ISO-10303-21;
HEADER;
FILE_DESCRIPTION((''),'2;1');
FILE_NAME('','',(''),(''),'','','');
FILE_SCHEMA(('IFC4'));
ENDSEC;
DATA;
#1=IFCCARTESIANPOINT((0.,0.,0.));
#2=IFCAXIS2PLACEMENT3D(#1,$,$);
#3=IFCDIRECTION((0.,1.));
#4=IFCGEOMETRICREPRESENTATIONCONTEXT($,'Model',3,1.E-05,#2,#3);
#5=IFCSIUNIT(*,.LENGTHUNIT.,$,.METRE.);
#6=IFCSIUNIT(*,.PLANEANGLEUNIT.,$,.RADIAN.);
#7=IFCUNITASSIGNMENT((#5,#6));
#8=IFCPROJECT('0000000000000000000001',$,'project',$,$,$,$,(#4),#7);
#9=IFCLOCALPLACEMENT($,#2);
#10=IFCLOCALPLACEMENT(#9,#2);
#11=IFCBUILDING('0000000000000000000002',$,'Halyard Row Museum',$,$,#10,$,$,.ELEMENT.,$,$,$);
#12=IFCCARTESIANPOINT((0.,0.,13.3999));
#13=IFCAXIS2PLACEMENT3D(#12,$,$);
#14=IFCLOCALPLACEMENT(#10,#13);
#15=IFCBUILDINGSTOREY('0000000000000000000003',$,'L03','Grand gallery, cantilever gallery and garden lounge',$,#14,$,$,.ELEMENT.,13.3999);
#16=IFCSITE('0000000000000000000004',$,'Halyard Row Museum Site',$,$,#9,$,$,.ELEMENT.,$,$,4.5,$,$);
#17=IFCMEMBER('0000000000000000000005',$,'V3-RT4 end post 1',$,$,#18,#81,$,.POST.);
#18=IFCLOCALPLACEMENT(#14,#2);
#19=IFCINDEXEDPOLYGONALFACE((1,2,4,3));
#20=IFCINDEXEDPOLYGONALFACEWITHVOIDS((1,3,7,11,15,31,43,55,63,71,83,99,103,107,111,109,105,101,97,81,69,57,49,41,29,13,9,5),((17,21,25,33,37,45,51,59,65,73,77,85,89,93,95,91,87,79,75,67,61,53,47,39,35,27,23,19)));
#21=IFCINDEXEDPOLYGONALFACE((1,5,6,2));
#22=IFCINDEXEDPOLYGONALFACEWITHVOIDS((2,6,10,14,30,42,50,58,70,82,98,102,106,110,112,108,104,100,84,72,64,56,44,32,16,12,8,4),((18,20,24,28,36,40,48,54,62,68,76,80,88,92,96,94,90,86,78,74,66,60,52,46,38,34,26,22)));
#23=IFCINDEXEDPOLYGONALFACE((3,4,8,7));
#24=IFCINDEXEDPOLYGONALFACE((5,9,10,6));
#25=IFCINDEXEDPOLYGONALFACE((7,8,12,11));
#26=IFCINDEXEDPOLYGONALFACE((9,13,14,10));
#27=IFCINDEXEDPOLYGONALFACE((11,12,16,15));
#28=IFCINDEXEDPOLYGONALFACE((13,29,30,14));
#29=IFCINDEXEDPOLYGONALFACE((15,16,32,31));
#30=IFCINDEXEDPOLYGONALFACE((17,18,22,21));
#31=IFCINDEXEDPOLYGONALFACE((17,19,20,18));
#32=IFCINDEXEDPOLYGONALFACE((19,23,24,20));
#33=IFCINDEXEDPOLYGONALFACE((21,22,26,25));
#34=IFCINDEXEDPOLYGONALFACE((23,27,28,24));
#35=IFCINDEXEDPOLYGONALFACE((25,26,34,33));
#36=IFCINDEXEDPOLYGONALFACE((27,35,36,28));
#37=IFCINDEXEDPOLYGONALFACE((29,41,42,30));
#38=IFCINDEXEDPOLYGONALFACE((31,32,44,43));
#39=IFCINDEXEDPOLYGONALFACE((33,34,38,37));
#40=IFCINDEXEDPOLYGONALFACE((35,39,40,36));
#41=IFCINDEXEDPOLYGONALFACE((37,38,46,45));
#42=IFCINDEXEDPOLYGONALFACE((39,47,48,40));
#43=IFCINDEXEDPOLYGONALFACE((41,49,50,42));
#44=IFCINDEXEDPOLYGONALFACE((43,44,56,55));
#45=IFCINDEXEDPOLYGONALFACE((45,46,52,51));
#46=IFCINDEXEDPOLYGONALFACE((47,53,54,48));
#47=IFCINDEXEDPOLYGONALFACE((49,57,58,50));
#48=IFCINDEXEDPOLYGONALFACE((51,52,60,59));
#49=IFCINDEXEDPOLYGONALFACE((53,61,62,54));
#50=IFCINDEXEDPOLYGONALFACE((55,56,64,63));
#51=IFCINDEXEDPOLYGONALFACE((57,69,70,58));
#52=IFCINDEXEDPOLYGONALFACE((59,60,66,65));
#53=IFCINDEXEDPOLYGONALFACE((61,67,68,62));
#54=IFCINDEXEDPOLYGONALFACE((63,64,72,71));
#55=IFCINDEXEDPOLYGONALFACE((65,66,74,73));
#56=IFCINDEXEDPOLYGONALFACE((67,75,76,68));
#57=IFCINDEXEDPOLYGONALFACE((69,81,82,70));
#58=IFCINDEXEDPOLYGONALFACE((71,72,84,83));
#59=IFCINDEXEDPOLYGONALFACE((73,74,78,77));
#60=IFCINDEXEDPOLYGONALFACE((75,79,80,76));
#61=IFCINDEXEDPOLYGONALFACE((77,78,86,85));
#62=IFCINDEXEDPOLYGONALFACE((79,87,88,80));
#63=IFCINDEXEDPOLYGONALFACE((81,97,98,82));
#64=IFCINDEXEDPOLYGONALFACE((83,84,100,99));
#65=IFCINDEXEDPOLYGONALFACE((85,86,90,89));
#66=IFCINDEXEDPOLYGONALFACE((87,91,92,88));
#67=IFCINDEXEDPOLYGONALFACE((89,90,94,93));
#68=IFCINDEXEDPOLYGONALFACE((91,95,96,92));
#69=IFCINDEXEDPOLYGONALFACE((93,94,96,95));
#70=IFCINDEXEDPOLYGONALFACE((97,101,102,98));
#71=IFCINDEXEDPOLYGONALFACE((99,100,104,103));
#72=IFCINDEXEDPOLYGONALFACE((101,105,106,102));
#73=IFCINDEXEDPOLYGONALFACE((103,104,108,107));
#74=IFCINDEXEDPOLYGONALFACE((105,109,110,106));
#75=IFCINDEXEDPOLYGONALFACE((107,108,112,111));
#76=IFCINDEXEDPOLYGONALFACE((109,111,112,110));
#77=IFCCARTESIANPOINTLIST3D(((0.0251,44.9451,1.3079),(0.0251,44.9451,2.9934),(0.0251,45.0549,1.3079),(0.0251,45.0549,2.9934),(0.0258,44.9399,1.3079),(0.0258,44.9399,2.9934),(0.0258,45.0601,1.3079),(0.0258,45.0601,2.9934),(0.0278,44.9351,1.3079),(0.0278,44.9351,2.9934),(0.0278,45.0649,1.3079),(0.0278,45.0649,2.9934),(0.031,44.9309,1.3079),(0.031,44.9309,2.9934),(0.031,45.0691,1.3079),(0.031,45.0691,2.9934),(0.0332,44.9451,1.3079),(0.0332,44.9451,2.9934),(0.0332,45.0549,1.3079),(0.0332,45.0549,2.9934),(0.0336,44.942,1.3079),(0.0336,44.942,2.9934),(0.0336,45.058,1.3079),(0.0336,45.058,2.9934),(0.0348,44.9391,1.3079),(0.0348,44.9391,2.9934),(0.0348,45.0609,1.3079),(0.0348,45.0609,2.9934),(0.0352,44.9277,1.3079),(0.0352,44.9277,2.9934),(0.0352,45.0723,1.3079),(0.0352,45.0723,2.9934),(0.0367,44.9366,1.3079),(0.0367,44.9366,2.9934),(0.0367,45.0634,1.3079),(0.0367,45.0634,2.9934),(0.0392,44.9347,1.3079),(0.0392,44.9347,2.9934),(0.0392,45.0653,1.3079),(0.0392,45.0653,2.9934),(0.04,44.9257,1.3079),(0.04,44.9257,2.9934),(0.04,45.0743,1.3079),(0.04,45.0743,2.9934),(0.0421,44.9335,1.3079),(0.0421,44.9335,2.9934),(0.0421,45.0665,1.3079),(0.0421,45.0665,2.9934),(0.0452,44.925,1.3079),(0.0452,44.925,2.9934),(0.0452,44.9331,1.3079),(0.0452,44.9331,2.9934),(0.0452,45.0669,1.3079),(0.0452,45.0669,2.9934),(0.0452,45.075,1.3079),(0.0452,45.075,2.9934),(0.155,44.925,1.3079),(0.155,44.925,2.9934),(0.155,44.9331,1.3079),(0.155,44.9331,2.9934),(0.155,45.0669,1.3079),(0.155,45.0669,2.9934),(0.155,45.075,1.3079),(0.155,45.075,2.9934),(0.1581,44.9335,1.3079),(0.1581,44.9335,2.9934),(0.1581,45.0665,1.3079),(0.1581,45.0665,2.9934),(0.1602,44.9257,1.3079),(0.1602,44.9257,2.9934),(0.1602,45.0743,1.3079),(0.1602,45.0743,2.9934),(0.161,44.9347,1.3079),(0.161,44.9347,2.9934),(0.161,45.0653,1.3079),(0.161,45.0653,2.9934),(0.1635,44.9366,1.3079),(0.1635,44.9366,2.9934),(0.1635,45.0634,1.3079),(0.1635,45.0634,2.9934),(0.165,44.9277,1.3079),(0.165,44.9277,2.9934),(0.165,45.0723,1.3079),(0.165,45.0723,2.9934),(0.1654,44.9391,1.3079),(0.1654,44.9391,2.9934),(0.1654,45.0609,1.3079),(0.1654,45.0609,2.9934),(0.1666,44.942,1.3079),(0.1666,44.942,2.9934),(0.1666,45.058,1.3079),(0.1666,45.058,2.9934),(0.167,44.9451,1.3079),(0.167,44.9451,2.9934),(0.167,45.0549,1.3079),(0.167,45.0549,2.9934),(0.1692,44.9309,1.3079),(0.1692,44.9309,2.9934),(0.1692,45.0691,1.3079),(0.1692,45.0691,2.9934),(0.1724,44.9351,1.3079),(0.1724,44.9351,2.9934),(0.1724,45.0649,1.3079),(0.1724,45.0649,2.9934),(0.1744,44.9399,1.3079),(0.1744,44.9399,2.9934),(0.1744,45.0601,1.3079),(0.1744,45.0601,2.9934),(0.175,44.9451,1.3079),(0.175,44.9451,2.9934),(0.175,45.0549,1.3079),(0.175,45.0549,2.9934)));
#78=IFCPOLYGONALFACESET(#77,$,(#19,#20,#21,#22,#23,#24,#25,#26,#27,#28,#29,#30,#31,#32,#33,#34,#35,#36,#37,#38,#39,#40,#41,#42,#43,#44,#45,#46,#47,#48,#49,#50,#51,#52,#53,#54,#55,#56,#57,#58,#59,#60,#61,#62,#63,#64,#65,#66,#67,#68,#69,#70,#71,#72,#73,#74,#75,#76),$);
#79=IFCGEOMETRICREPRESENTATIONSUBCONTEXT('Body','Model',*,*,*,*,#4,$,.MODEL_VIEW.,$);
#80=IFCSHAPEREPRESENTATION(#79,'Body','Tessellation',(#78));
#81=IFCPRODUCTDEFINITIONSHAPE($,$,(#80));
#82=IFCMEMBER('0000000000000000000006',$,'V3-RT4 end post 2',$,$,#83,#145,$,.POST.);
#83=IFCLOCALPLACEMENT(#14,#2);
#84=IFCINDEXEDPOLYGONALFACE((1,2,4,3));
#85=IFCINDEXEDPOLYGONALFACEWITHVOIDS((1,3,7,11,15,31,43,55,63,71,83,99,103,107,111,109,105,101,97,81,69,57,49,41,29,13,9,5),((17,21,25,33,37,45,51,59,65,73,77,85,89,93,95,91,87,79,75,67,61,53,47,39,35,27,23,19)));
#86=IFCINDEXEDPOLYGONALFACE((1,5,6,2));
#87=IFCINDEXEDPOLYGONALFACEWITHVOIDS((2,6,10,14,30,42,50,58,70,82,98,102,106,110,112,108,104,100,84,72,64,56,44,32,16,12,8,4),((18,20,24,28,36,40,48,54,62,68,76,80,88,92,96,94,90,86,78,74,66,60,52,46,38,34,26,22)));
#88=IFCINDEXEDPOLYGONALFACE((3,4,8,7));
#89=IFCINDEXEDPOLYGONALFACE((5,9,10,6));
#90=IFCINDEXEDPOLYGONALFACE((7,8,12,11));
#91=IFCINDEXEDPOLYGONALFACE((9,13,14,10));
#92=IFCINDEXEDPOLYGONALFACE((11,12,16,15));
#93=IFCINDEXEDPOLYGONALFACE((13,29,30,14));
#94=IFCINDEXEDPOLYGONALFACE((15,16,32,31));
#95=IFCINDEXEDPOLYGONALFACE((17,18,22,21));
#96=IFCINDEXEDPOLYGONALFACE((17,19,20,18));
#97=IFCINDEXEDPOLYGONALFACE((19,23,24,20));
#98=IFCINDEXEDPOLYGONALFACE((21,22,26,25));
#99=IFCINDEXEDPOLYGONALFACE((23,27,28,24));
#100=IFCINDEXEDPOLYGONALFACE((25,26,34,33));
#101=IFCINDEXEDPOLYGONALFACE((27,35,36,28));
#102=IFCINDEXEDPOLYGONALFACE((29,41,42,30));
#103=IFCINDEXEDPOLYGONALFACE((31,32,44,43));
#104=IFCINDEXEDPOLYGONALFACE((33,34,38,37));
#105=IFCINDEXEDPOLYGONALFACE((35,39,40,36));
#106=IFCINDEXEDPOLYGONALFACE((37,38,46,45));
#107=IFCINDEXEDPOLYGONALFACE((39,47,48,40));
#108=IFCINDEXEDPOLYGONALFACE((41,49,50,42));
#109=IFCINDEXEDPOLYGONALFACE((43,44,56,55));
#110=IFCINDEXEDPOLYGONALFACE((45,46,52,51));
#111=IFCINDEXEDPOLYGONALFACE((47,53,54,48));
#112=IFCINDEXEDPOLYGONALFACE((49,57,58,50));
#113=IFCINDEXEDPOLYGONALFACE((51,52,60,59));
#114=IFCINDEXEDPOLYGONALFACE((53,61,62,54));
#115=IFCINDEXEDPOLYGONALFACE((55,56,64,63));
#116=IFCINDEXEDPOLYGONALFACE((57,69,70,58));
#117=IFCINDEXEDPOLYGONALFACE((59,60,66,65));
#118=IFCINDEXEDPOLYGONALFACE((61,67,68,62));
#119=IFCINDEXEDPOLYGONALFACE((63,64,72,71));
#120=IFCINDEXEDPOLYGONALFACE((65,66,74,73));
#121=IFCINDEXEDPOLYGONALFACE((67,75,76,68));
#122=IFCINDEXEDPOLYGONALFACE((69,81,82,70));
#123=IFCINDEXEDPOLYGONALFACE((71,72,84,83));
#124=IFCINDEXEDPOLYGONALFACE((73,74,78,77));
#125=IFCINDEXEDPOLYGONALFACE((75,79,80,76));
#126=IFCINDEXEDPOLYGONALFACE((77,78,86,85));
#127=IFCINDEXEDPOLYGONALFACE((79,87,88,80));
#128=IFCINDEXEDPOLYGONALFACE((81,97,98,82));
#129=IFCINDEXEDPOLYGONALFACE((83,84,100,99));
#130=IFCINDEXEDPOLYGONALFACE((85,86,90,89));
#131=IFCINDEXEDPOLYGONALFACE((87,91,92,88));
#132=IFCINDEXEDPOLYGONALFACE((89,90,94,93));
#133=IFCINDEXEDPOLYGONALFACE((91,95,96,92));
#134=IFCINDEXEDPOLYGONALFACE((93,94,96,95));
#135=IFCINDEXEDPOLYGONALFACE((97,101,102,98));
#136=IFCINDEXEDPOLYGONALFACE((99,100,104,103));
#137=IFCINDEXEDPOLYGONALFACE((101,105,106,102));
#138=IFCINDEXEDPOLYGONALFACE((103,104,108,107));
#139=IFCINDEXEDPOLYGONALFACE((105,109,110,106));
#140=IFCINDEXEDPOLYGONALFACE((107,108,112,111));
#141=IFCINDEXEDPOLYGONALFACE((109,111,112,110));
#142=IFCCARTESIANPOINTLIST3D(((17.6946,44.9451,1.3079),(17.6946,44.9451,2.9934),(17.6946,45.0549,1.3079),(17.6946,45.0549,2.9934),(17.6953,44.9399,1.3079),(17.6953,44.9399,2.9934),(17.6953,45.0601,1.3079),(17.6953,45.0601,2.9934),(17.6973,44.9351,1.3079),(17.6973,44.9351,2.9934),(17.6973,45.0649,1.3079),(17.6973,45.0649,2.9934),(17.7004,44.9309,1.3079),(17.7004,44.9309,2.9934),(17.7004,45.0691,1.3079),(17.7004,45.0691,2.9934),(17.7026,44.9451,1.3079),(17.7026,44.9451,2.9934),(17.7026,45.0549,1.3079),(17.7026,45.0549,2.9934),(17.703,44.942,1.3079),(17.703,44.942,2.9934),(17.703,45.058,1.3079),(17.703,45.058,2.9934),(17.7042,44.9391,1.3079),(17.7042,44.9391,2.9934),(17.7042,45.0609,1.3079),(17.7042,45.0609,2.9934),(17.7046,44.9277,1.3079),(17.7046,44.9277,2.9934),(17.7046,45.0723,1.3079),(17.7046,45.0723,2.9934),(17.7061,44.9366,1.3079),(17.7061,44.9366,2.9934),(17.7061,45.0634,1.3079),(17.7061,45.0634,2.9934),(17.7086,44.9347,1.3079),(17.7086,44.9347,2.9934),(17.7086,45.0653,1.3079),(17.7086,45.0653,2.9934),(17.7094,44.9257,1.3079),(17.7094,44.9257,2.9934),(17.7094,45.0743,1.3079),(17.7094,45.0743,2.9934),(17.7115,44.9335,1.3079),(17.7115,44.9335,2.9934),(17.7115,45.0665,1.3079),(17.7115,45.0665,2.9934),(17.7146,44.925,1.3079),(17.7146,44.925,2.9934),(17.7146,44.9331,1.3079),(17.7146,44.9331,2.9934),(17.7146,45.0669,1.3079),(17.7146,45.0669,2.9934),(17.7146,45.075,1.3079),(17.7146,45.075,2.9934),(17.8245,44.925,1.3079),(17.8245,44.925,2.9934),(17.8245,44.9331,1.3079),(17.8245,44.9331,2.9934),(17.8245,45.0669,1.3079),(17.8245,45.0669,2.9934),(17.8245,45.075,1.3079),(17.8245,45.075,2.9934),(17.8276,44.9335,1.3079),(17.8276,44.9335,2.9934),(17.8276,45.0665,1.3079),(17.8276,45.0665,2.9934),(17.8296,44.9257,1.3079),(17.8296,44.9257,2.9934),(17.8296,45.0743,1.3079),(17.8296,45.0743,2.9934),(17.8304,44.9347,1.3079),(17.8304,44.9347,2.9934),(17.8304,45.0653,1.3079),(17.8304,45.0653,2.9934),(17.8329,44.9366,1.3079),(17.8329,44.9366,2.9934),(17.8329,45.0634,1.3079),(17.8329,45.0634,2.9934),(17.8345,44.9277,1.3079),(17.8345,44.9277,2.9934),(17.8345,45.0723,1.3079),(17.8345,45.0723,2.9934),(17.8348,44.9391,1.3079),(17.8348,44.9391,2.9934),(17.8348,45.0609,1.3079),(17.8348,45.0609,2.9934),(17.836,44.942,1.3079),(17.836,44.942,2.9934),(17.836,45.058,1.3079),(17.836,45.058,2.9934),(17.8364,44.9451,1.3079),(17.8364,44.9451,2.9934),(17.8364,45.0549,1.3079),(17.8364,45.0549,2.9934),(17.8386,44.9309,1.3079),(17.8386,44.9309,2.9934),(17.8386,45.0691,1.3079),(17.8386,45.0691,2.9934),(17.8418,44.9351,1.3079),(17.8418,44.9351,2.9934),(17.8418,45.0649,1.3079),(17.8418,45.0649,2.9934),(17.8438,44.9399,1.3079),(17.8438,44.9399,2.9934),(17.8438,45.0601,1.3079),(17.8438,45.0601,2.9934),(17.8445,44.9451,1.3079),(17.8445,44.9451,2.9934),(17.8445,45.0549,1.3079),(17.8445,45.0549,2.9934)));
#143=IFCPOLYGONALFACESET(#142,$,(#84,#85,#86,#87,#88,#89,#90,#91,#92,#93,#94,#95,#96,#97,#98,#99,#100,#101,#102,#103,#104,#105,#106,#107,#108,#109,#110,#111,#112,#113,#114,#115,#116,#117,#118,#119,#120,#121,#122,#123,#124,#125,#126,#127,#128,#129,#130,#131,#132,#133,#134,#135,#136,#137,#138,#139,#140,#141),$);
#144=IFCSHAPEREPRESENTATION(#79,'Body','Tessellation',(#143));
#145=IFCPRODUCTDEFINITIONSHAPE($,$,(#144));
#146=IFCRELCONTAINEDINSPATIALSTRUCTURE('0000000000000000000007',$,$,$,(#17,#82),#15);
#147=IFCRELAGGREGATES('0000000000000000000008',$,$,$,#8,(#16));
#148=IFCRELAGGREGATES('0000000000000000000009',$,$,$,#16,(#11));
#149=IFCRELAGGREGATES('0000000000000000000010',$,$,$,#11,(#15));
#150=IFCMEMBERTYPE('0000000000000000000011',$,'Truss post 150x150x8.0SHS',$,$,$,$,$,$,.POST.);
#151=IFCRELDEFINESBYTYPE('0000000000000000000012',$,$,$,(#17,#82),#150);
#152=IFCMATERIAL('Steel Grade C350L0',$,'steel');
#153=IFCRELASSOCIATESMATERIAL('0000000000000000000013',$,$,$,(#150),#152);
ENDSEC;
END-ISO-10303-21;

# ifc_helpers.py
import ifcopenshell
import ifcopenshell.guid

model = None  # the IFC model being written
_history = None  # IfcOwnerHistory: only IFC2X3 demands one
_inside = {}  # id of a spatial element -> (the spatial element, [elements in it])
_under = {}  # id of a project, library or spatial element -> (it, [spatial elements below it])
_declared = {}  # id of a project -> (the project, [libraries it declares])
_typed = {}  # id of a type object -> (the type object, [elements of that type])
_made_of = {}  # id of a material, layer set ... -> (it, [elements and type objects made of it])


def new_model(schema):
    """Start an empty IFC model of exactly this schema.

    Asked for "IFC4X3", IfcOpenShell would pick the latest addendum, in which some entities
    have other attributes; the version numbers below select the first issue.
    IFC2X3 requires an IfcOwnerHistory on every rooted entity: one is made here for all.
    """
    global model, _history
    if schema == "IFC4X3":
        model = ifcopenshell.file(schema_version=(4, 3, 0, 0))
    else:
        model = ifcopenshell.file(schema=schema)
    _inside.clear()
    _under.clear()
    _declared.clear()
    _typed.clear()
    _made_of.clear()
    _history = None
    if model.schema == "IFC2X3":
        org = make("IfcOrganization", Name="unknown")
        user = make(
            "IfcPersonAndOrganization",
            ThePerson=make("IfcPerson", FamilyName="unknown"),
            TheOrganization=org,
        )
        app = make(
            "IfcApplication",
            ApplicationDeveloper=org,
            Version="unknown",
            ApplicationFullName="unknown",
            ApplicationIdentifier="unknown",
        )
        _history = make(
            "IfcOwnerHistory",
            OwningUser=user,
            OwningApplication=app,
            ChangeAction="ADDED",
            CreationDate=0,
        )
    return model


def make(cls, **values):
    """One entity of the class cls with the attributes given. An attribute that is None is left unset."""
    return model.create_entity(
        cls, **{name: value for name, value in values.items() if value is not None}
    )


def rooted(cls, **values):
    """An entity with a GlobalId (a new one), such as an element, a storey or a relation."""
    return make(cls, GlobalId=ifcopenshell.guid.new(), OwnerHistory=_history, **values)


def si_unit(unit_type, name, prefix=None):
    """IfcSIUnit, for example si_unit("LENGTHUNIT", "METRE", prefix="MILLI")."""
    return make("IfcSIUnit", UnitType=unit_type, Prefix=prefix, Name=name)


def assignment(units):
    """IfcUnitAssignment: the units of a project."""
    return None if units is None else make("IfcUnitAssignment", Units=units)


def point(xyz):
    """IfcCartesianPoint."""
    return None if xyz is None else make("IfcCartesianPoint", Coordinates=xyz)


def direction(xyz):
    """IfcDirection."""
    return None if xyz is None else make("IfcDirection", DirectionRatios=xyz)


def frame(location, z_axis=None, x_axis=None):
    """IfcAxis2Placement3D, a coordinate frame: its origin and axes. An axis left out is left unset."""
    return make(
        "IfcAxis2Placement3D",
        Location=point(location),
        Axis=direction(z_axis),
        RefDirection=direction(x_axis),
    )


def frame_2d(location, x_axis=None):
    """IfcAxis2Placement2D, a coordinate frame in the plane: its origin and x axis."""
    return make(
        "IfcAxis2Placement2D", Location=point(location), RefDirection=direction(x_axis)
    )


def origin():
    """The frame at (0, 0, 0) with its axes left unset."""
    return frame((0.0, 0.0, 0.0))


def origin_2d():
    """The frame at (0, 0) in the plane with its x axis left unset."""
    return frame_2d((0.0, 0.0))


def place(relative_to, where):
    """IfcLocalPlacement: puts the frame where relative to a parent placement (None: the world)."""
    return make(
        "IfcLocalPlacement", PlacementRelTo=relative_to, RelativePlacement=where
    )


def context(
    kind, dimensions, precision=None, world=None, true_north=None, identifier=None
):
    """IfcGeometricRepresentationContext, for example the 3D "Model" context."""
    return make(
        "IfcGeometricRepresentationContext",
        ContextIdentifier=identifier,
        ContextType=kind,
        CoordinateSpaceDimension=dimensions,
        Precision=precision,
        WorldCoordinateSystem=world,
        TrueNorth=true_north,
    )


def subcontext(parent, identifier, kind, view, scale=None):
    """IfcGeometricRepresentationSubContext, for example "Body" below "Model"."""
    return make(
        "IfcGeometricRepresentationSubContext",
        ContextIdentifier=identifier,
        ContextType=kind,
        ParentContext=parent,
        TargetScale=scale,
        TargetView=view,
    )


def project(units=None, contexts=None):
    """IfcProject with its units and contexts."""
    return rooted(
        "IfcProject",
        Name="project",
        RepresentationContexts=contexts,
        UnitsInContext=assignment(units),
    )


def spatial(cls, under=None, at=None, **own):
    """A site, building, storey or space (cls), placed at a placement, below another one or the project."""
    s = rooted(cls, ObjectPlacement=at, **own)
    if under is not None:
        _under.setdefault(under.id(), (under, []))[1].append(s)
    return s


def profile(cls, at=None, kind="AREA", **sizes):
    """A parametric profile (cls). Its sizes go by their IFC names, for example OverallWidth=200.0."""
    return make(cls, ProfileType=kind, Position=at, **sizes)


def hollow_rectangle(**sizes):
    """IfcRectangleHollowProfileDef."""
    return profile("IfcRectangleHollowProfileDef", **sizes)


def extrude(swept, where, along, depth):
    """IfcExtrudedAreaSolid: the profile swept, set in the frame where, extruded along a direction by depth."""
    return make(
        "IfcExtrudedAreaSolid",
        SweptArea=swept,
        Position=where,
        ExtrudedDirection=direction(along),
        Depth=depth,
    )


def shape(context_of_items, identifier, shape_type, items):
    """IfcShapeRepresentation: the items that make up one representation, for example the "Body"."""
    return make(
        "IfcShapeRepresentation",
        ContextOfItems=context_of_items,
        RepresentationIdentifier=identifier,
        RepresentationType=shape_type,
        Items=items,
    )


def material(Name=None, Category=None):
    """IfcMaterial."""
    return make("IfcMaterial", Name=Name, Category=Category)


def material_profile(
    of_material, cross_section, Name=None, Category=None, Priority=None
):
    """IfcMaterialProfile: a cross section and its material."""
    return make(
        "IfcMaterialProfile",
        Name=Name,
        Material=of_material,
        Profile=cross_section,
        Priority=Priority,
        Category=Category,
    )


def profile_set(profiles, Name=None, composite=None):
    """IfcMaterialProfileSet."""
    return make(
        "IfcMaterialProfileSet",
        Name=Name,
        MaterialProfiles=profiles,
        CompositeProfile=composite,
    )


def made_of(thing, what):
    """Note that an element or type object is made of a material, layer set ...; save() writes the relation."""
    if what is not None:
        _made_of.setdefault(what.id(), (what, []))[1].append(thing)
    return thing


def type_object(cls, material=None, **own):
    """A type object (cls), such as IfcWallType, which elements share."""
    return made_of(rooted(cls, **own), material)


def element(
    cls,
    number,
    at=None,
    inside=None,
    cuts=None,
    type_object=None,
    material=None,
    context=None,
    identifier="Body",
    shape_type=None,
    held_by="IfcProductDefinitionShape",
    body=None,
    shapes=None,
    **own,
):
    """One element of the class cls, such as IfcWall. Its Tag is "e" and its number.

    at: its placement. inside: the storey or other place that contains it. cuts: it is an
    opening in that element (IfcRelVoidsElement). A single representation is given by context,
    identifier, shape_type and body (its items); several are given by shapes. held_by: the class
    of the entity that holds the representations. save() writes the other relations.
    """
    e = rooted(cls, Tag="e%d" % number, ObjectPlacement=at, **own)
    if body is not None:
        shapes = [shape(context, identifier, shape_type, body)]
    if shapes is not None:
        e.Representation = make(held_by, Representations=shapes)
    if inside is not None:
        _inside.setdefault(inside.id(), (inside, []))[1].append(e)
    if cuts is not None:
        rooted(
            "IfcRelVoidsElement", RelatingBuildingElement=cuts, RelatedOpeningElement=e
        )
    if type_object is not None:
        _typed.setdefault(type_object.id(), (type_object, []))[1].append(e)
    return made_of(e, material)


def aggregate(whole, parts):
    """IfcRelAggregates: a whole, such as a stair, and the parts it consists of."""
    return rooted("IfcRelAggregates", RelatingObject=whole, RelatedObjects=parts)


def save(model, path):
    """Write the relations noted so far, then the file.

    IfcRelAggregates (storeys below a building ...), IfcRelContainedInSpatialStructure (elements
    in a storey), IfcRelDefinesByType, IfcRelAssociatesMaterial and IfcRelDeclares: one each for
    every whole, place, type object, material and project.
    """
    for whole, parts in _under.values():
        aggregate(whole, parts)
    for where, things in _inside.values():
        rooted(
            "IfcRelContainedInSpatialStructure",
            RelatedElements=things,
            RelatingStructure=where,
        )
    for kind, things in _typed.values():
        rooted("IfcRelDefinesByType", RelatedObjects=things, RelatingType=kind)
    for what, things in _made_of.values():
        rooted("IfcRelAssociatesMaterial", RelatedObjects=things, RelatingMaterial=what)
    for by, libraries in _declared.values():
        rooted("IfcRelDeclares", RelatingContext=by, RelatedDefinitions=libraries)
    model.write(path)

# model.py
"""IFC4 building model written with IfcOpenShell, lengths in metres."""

from ifc_helpers import new_model, si_unit, direction, frame, origin, origin_2d, place, context, subcontext, project, spatial, hollow_rectangle, extrude, material, material_profile, profile_set, type_object, element, save


model = new_model("IFC4")

# Units and contexts
model_context = context("Model", 3, precision=1e-05, world=origin(), true_north=direction((0.0, 1.0)))
body_context = subcontext(model_context, "Body", "Model", "MODEL_VIEW")
ifc_project = project(units=[si_unit("LENGTHUNIT", "METRE"), si_unit("PLANEANGLEUNIT", "RADIAN")], contexts=[model_context])

# Site, building, storey
site_placement = place(None, origin())
site = spatial("IfcSite", under=ifc_project, at=site_placement, Name="Halyard Row Museum Site", CompositionType="ELEMENT", RefElevation=4.5)
building_placement = place(site_placement, origin())
building = spatial("IfcBuilding", under=site, at=building_placement, Name="Halyard Row Museum", CompositionType="ELEMENT")
storey_placement = place(building_placement, frame((0.0, 0.0, 13.3999)))
storey = spatial("IfcBuildingStorey", under=building, at=storey_placement, Name="L03", Description="Grand gallery, cantilever gallery and garden lounge", CompositionType="ELEMENT", Elevation=13.3999)

# Members
ifc_material_1 = material(Name="Steel Grade C350L0", Category="steel")
ifc_material_profile_1 = material_profile(ifc_material_1, hollow_rectangle(XDim=0.1499, YDim=0.1499, WallThickness=0.0081, InnerFilletRadius=0.012, OuterFilletRadius=0.02, at=origin_2d()), Name="150x150x8.0SHS")
ifc_profile_set_1 = profile_set([ifc_material_profile_1], Name="Steel Grade C350L0")
member_type_1 = type_object("IfcMemberType", Name="Truss post 150x150x8.0SHS", PredefinedType="POST", material=ifc_profile_set_1)
for number, where, z_axis, x_axis, name in (
    (1, (0.1001, 45.0, 1.3079), (0.0, 0.0, 1.0), (1.0, 0.0, 0.0), "V3-RT4 end post 1"),
    (2, (17.7695, 45.0, 1.3079), (0.0, 0.0, 1.0), (1.0, 0.0, 0.0), "V3-RT4 end post 2"),
):
    element("IfcMember", number, at=place(storey_placement, frame(where, z_axis=z_axis, x_axis=x_axis)), inside=storey, type_object=member_type_1, Name=name, PredefinedType="POST", context=body_context, shape_type="SweptSolid", body=[
        extrude(hollow_rectangle(XDim=0.1499, YDim=0.1499, WallThickness=0.0081, InnerFilletRadius=0.012, OuterFilletRadius=0.02, at=origin_2d()), origin(), (0.0, 0.0, 1.0), 1.6855),
    ])

save(model, "model.ifc")
